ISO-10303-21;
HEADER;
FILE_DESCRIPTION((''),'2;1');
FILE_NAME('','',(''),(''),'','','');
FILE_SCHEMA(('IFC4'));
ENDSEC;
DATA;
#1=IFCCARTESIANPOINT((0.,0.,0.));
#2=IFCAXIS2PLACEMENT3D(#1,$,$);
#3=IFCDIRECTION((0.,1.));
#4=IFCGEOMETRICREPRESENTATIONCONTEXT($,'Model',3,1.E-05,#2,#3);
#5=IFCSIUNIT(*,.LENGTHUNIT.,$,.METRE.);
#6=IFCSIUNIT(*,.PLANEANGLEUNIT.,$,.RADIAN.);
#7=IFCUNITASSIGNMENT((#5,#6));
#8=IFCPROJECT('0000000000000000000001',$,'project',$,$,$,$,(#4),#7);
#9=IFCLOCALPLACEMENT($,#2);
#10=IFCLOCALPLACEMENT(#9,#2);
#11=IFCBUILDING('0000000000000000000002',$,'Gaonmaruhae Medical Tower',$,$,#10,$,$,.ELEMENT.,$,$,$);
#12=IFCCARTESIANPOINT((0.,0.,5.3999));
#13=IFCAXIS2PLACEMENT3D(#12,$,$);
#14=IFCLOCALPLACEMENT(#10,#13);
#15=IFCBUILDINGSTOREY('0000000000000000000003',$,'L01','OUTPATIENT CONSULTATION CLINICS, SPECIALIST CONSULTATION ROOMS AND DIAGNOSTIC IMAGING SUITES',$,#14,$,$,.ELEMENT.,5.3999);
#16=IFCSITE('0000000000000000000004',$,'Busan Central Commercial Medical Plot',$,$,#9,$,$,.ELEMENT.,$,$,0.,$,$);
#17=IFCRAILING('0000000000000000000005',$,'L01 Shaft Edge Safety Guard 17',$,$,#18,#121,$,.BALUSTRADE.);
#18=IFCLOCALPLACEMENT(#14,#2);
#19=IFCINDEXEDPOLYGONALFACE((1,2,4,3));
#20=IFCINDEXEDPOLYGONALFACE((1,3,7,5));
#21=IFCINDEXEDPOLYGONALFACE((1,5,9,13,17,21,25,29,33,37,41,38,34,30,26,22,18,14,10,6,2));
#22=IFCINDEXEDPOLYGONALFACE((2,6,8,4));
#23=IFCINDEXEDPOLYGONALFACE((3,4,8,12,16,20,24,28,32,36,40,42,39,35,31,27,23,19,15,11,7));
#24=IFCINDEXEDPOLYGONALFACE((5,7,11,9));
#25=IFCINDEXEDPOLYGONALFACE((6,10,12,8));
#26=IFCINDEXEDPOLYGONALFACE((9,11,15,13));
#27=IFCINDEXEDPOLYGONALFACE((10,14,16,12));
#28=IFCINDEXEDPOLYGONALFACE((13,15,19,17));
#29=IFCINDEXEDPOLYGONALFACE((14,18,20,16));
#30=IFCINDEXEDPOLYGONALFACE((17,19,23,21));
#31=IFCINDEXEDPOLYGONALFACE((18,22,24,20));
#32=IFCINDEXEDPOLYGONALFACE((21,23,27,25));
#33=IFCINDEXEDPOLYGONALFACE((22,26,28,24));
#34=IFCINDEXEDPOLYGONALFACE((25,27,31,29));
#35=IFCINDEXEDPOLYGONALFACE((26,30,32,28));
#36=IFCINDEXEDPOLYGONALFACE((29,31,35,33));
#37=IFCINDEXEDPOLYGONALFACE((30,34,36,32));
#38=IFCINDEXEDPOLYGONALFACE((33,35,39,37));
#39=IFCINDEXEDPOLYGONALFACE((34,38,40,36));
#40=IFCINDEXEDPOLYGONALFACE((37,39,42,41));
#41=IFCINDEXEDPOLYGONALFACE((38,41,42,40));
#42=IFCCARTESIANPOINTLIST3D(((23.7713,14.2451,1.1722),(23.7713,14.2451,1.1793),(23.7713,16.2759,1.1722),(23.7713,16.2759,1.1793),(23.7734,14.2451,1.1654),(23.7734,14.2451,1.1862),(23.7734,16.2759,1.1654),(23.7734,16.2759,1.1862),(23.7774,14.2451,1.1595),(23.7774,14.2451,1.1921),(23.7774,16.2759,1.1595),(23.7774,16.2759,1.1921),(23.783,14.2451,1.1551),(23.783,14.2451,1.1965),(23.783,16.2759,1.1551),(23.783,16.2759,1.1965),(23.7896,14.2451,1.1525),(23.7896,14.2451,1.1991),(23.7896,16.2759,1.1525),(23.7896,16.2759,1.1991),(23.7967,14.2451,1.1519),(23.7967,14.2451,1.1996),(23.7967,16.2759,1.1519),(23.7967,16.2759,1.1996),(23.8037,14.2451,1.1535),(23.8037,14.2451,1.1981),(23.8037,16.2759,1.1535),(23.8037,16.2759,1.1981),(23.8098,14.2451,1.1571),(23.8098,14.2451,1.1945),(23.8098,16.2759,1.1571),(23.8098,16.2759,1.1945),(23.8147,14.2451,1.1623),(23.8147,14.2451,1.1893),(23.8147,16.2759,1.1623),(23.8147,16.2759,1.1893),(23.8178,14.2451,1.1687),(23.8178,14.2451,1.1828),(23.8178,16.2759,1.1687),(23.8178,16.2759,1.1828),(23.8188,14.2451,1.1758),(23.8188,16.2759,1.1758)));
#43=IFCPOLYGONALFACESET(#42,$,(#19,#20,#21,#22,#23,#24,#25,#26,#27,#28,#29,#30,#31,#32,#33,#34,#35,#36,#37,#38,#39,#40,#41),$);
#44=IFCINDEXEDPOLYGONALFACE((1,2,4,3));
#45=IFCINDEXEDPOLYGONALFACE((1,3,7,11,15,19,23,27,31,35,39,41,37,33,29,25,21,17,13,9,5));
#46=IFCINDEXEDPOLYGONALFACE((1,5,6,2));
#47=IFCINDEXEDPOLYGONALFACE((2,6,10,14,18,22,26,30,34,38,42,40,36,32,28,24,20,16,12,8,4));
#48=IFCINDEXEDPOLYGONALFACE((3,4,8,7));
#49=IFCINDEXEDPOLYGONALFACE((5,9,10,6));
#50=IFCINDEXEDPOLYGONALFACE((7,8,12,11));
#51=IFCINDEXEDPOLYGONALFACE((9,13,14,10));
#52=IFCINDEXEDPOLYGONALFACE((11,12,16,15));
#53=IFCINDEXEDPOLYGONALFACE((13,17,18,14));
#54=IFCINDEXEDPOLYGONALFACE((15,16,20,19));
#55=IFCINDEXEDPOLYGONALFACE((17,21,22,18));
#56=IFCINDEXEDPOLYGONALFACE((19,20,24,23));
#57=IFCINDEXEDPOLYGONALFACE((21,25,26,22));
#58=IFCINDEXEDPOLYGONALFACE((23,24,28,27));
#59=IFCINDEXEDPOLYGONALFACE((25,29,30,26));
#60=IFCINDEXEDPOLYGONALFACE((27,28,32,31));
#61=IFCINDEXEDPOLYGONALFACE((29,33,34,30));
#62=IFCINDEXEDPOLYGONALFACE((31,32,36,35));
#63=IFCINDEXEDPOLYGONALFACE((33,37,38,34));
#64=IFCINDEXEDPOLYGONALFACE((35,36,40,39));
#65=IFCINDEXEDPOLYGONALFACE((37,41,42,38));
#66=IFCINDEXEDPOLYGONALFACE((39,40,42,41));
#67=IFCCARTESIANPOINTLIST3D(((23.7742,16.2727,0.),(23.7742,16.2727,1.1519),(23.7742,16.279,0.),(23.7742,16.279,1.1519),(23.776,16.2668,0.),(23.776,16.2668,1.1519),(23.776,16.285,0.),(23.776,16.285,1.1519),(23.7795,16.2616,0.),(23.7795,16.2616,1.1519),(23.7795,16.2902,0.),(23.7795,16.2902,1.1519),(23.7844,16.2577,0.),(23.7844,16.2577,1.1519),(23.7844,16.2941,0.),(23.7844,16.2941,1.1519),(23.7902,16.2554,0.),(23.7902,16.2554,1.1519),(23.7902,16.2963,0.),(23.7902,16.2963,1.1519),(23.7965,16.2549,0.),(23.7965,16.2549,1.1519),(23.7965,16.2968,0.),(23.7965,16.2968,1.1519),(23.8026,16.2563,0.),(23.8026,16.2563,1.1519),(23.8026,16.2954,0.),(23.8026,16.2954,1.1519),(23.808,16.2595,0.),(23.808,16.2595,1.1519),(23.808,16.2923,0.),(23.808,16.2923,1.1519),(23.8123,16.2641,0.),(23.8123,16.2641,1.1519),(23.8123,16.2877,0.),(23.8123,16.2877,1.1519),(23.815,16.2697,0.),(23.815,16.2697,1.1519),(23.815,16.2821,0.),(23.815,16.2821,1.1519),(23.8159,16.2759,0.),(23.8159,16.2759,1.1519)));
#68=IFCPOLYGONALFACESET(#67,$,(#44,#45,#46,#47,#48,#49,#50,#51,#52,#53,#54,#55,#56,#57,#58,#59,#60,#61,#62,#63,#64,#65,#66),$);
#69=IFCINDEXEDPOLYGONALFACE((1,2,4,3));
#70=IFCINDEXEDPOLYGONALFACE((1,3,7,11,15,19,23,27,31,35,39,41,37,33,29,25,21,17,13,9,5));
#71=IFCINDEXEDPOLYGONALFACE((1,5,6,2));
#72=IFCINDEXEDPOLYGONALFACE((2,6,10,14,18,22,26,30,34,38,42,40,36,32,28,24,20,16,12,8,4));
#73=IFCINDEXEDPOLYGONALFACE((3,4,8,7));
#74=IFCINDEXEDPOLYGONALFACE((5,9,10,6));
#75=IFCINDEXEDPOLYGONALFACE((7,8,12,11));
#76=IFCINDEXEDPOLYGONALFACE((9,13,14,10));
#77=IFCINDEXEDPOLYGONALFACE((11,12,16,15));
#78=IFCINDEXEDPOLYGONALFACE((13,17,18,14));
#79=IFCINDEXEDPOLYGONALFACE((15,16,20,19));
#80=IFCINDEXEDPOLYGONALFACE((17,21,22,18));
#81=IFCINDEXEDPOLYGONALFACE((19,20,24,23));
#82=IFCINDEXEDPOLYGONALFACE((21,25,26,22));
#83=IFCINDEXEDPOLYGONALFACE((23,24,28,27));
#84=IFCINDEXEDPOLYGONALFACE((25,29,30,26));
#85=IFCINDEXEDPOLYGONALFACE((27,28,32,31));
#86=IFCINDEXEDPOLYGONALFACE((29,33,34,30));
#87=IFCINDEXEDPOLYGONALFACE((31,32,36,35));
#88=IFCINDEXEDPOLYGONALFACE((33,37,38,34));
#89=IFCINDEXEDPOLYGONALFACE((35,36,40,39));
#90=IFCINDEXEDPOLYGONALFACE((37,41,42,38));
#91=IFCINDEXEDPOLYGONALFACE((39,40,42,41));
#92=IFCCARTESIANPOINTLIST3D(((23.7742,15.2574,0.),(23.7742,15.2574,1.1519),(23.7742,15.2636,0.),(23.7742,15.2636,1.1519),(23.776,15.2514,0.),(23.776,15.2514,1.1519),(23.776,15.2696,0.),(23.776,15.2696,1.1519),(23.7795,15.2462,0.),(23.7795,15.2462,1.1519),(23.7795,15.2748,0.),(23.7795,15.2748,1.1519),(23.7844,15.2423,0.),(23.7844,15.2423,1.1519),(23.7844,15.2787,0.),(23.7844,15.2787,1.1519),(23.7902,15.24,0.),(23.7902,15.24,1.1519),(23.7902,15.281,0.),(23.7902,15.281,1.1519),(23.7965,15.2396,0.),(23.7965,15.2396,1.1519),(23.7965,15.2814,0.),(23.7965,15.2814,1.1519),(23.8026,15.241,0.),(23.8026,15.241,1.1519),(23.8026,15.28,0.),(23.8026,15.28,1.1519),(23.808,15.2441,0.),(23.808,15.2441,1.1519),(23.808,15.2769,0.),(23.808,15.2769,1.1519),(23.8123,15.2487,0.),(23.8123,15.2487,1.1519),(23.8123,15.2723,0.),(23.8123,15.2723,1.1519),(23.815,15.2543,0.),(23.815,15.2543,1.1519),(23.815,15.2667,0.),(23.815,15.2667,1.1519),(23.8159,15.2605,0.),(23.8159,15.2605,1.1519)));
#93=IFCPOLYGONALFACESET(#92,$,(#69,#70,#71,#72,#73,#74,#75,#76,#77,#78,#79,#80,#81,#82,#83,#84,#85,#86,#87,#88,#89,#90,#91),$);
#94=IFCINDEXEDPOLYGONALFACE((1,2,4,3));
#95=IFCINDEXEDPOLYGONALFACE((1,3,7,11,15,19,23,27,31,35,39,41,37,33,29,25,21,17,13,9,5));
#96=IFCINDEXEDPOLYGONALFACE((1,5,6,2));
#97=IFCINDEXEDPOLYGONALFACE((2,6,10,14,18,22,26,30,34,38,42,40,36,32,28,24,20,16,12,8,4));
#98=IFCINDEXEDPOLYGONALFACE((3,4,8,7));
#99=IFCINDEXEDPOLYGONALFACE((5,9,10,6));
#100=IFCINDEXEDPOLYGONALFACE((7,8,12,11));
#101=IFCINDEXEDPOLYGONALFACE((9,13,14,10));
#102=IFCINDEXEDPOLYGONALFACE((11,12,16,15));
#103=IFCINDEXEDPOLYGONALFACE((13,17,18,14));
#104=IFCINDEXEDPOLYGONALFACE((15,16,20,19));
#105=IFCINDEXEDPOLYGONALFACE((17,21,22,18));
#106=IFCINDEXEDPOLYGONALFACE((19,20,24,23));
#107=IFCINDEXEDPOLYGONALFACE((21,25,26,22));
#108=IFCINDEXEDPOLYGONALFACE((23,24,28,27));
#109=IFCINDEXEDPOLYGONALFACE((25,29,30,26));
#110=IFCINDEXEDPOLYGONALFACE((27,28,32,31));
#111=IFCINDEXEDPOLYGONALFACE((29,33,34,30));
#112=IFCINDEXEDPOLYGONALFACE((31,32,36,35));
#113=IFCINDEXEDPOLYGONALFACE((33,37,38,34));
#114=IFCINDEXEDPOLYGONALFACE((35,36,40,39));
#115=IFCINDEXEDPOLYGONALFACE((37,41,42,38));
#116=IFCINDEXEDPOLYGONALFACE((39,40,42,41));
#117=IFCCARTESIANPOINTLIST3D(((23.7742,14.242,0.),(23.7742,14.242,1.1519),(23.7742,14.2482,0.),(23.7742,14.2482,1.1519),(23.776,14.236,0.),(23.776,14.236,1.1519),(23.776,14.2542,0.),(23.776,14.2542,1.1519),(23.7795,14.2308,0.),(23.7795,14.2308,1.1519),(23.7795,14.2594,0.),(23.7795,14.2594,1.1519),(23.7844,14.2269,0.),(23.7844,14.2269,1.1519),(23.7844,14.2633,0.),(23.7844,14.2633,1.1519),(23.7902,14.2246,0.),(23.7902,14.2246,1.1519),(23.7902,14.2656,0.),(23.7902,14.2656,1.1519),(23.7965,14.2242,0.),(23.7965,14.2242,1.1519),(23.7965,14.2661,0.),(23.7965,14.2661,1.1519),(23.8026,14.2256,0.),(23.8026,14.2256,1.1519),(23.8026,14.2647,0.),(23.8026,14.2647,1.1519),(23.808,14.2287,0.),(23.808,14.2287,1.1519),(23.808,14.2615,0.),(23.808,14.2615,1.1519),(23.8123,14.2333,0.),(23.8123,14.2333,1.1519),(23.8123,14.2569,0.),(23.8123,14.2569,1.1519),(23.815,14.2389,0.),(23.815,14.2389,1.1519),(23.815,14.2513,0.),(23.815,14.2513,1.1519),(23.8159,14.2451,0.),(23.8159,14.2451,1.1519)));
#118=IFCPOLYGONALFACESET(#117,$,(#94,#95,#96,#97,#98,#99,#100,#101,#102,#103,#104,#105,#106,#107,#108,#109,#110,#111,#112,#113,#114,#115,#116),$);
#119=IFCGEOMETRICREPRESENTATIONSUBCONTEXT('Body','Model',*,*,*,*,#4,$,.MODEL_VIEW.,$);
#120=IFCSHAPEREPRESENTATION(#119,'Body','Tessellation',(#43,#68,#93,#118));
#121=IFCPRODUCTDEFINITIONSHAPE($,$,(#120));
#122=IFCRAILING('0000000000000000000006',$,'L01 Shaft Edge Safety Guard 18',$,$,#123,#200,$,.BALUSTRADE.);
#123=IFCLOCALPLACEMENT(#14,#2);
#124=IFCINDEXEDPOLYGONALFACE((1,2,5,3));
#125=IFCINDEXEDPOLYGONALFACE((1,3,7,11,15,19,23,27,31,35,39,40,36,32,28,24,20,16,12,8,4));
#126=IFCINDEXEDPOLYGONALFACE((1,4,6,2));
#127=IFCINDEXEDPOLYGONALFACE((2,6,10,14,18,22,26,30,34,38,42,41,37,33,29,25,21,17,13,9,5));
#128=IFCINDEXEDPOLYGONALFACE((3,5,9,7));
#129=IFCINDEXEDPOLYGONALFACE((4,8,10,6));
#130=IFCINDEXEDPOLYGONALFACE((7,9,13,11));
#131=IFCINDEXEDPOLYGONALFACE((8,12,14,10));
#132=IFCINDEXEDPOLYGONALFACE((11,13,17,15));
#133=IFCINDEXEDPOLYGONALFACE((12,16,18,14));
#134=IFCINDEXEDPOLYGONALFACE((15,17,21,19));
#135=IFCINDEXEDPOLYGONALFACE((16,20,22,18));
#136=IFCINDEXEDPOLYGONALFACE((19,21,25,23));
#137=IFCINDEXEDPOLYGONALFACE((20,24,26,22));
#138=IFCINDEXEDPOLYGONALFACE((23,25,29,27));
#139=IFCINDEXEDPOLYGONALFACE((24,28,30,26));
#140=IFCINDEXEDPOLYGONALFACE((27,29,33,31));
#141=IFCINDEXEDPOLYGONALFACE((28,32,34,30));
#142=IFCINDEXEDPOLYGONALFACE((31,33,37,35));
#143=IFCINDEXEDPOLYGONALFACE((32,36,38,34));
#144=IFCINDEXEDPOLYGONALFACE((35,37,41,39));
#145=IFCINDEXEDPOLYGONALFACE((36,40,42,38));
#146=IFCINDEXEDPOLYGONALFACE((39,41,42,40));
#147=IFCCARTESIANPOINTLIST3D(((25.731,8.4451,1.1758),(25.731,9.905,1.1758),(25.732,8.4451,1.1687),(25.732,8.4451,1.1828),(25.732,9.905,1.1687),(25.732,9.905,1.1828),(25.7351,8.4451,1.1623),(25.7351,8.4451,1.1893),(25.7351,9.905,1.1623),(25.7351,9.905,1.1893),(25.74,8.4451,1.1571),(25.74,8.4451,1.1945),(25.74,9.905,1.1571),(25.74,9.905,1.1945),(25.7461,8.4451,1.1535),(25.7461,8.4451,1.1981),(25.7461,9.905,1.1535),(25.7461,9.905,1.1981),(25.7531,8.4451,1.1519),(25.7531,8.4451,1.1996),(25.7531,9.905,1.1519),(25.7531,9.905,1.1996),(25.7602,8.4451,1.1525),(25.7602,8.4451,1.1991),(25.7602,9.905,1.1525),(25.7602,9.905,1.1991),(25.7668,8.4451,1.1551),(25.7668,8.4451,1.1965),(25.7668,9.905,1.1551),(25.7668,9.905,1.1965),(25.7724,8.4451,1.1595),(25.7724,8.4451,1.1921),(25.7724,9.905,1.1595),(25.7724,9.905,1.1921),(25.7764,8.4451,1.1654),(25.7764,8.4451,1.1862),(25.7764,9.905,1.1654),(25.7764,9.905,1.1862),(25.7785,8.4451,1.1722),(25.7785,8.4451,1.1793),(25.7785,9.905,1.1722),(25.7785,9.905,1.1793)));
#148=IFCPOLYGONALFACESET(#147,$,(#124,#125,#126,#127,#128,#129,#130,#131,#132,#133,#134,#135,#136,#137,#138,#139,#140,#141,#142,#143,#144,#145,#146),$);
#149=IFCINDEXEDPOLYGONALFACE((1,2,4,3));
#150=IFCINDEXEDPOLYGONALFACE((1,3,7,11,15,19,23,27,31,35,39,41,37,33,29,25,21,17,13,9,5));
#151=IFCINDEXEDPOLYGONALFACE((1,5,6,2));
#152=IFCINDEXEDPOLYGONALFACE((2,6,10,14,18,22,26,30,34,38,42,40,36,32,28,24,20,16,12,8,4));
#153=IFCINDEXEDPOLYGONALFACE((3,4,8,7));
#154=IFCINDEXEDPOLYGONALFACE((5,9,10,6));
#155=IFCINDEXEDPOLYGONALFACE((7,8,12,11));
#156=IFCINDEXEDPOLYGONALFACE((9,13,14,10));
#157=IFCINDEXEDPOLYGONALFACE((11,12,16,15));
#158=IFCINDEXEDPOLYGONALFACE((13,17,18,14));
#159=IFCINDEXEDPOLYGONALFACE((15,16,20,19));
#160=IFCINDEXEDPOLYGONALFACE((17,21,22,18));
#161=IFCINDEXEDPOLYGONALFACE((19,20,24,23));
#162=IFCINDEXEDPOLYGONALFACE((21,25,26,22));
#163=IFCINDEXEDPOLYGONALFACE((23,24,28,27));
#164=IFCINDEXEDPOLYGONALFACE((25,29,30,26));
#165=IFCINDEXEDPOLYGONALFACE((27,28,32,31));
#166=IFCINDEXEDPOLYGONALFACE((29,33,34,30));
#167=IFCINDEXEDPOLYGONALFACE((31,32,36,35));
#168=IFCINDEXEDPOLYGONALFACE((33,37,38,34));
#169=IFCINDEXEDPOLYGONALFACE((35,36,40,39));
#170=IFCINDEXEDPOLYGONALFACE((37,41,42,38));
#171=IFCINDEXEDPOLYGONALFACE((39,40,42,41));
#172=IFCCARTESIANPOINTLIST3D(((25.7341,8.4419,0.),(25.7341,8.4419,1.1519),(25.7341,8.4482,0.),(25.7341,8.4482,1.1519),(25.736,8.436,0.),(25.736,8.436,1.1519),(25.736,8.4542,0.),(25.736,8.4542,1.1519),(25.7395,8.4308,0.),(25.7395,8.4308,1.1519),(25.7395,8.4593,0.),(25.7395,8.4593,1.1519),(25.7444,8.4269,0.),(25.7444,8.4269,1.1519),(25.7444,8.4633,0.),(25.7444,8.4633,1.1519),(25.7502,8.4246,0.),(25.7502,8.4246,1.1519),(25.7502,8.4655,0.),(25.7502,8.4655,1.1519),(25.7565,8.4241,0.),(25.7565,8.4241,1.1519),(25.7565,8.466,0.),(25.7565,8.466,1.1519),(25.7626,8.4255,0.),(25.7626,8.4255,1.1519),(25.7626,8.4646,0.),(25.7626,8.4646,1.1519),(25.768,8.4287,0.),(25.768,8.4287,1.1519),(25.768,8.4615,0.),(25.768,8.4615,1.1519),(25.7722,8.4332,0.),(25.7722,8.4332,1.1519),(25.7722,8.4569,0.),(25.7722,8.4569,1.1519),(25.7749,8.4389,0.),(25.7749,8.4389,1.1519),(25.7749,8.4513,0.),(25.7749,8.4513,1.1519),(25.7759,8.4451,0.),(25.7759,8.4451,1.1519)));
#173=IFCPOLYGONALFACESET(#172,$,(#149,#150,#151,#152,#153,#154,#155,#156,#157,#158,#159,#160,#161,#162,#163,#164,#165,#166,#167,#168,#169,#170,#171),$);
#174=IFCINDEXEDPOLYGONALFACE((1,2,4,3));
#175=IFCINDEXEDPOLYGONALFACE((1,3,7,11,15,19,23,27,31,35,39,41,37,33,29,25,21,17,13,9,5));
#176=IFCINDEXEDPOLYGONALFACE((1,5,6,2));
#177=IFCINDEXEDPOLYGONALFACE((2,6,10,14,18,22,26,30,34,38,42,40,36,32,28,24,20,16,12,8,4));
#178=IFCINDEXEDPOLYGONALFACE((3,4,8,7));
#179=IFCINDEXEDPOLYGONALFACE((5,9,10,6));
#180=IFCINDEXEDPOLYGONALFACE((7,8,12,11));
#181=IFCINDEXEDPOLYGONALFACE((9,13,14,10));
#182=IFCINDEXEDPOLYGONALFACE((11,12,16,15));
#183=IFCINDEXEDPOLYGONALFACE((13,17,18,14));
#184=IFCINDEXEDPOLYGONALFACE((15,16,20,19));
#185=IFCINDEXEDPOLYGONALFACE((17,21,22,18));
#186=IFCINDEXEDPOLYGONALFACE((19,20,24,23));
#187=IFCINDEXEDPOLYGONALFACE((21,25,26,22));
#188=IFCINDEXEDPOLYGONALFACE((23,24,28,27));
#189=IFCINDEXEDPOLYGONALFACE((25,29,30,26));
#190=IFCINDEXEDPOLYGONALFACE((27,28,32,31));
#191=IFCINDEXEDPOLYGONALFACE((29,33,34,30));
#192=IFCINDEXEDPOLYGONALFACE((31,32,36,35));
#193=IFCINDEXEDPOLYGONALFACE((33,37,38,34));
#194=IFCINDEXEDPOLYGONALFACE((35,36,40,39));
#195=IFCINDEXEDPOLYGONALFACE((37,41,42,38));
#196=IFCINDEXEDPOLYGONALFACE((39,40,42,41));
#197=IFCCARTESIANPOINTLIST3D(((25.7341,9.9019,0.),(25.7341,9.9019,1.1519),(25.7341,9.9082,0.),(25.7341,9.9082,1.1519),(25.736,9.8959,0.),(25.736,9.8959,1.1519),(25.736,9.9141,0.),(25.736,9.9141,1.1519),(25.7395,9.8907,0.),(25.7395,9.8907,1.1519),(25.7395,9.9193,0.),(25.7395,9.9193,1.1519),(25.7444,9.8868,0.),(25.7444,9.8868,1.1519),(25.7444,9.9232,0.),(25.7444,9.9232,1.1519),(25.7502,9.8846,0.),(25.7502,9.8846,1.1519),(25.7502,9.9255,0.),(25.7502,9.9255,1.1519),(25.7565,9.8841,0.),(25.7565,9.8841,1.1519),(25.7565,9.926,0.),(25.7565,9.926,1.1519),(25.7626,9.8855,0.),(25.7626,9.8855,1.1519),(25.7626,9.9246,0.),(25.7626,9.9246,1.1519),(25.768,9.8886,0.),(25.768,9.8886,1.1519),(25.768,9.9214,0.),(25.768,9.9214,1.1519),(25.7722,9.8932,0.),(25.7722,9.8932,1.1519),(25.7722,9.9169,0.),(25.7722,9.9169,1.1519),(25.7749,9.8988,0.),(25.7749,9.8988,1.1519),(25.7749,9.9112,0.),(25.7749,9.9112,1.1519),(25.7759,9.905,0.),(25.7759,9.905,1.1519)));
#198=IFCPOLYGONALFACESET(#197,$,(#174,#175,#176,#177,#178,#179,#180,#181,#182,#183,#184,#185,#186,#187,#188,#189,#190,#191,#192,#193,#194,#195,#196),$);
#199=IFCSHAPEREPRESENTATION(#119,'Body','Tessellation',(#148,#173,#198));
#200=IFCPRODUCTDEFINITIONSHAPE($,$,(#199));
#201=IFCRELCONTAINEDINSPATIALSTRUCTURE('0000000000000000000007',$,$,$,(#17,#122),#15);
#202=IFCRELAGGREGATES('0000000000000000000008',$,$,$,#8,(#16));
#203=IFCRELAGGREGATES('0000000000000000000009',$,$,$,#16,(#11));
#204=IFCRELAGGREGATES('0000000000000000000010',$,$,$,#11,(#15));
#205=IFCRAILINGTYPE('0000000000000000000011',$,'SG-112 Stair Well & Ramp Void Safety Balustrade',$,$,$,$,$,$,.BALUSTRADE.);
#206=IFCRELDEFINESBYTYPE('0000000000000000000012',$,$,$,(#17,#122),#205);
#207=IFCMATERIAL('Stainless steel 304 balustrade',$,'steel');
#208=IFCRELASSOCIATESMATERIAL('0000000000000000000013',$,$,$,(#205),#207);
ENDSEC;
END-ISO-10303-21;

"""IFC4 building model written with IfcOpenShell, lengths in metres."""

from ifc_helpers import new_model, si_unit, direction, frame, origin, origin_2d, place, context, subcontext, project, spatial, circle, extrude, material, type_object, element, save


model = new_model("IFC4")

# Units and contexts
model_context = context("Model", 3, precision=1e-05, world=origin(), true_north=direction((0.0, 1.0)))
body_context = subcontext(model_context, "Body", "Model", "MODEL_VIEW")
ifc_project = project(units=[si_unit("LENGTHUNIT", "METRE"), si_unit("PLANEANGLEUNIT", "RADIAN")], contexts=[model_context])

# Site, building, storey
site_placement = place(None, origin())
site = spatial("IfcSite", under=ifc_project, at=site_placement, Name="Busan Central Commercial Medical Plot", CompositionType="ELEMENT", RefElevation=0.0)
building_placement = place(site_placement, origin())
building = spatial("IfcBuilding", under=site, at=building_placement, Name="Gaonmaruhae Medical Tower", CompositionType="ELEMENT")
storey_placement = place(building_placement, frame((0.0, 0.0, 5.3999)))
storey = spatial("IfcBuildingStorey", under=building, at=storey_placement, Name="L01", Description="OUTPATIENT CONSULTATION CLINICS, SPECIALIST CONSULTATION ROOMS AND DIAGNOSTIC IMAGING SUITES", CompositionType="ELEMENT", Elevation=5.3999)

# Railings
ifc_material_1 = material(Name="Stainless steel 304 balustrade", Category="steel")
railing_type_1 = type_object("IfcRailingType", Name="SG-112 Stair Well & Ramp Void Safety Balustrade", PredefinedType="BALUSTRADE", material=ifc_material_1)
railing_1_placement = place(storey_placement, frame((23.7949, 16.2759, 0.0)))
element("IfcRailing", 1, at=railing_1_placement, inside=storey, type_object=railing_type_1, Name="L01 Shaft Edge Safety Guard 17", PredefinedType="BALUSTRADE", context=body_context, shape_type="SweptSolid", body=[
    extrude(circle(Radius=0.0239, at=origin_2d()), frame((0.0, 0.0, 1.1758), z_axis=(0.0, -1.0, 0.0), x_axis=(1.0, 0.0, 0.0)), (0.0, 0.0, 1.0), 2.0308),
    extrude(circle(Radius=0.021, at=origin_2d()), origin(), (0.0, 0.0, 1.0), 1.1519),
    extrude(circle(Radius=0.021, at=origin_2d()), frame((0.0, -1.0154, 0.0)), (0.0, 0.0, 1.0), 1.1519),
    extrude(circle(Radius=0.021, at=origin_2d()), frame((0.0, -2.0308, 0.0)), (0.0, 0.0, 1.0), 1.1519),
])
railing_2_placement = place(storey_placement, frame((25.7549, 8.4451, 0.0)))
element("IfcRailing", 2, at=railing_2_placement, inside=storey, type_object=railing_type_1, Name="L01 Shaft Edge Safety Guard 18", PredefinedType="BALUSTRADE", context=body_context, shape_type="SweptSolid", body=[
    extrude(circle(Radius=0.0239, at=origin_2d()), frame((0.0, 0.0, 1.1758), z_axis=(0.0, 1.0, 0.0), x_axis=(-1.0, 0.0, 0.0)), (0.0, 0.0, 1.0), 1.46),
    extrude(circle(Radius=0.021, at=origin_2d()), origin(), (0.0, 0.0, 1.0), 1.1519),
    extrude(circle(Radius=0.021, at=origin_2d()), frame((0.0, 1.46, 0.0)), (0.0, 0.0, 1.0), 1.1519),
])

save(model, "model.ifc")
